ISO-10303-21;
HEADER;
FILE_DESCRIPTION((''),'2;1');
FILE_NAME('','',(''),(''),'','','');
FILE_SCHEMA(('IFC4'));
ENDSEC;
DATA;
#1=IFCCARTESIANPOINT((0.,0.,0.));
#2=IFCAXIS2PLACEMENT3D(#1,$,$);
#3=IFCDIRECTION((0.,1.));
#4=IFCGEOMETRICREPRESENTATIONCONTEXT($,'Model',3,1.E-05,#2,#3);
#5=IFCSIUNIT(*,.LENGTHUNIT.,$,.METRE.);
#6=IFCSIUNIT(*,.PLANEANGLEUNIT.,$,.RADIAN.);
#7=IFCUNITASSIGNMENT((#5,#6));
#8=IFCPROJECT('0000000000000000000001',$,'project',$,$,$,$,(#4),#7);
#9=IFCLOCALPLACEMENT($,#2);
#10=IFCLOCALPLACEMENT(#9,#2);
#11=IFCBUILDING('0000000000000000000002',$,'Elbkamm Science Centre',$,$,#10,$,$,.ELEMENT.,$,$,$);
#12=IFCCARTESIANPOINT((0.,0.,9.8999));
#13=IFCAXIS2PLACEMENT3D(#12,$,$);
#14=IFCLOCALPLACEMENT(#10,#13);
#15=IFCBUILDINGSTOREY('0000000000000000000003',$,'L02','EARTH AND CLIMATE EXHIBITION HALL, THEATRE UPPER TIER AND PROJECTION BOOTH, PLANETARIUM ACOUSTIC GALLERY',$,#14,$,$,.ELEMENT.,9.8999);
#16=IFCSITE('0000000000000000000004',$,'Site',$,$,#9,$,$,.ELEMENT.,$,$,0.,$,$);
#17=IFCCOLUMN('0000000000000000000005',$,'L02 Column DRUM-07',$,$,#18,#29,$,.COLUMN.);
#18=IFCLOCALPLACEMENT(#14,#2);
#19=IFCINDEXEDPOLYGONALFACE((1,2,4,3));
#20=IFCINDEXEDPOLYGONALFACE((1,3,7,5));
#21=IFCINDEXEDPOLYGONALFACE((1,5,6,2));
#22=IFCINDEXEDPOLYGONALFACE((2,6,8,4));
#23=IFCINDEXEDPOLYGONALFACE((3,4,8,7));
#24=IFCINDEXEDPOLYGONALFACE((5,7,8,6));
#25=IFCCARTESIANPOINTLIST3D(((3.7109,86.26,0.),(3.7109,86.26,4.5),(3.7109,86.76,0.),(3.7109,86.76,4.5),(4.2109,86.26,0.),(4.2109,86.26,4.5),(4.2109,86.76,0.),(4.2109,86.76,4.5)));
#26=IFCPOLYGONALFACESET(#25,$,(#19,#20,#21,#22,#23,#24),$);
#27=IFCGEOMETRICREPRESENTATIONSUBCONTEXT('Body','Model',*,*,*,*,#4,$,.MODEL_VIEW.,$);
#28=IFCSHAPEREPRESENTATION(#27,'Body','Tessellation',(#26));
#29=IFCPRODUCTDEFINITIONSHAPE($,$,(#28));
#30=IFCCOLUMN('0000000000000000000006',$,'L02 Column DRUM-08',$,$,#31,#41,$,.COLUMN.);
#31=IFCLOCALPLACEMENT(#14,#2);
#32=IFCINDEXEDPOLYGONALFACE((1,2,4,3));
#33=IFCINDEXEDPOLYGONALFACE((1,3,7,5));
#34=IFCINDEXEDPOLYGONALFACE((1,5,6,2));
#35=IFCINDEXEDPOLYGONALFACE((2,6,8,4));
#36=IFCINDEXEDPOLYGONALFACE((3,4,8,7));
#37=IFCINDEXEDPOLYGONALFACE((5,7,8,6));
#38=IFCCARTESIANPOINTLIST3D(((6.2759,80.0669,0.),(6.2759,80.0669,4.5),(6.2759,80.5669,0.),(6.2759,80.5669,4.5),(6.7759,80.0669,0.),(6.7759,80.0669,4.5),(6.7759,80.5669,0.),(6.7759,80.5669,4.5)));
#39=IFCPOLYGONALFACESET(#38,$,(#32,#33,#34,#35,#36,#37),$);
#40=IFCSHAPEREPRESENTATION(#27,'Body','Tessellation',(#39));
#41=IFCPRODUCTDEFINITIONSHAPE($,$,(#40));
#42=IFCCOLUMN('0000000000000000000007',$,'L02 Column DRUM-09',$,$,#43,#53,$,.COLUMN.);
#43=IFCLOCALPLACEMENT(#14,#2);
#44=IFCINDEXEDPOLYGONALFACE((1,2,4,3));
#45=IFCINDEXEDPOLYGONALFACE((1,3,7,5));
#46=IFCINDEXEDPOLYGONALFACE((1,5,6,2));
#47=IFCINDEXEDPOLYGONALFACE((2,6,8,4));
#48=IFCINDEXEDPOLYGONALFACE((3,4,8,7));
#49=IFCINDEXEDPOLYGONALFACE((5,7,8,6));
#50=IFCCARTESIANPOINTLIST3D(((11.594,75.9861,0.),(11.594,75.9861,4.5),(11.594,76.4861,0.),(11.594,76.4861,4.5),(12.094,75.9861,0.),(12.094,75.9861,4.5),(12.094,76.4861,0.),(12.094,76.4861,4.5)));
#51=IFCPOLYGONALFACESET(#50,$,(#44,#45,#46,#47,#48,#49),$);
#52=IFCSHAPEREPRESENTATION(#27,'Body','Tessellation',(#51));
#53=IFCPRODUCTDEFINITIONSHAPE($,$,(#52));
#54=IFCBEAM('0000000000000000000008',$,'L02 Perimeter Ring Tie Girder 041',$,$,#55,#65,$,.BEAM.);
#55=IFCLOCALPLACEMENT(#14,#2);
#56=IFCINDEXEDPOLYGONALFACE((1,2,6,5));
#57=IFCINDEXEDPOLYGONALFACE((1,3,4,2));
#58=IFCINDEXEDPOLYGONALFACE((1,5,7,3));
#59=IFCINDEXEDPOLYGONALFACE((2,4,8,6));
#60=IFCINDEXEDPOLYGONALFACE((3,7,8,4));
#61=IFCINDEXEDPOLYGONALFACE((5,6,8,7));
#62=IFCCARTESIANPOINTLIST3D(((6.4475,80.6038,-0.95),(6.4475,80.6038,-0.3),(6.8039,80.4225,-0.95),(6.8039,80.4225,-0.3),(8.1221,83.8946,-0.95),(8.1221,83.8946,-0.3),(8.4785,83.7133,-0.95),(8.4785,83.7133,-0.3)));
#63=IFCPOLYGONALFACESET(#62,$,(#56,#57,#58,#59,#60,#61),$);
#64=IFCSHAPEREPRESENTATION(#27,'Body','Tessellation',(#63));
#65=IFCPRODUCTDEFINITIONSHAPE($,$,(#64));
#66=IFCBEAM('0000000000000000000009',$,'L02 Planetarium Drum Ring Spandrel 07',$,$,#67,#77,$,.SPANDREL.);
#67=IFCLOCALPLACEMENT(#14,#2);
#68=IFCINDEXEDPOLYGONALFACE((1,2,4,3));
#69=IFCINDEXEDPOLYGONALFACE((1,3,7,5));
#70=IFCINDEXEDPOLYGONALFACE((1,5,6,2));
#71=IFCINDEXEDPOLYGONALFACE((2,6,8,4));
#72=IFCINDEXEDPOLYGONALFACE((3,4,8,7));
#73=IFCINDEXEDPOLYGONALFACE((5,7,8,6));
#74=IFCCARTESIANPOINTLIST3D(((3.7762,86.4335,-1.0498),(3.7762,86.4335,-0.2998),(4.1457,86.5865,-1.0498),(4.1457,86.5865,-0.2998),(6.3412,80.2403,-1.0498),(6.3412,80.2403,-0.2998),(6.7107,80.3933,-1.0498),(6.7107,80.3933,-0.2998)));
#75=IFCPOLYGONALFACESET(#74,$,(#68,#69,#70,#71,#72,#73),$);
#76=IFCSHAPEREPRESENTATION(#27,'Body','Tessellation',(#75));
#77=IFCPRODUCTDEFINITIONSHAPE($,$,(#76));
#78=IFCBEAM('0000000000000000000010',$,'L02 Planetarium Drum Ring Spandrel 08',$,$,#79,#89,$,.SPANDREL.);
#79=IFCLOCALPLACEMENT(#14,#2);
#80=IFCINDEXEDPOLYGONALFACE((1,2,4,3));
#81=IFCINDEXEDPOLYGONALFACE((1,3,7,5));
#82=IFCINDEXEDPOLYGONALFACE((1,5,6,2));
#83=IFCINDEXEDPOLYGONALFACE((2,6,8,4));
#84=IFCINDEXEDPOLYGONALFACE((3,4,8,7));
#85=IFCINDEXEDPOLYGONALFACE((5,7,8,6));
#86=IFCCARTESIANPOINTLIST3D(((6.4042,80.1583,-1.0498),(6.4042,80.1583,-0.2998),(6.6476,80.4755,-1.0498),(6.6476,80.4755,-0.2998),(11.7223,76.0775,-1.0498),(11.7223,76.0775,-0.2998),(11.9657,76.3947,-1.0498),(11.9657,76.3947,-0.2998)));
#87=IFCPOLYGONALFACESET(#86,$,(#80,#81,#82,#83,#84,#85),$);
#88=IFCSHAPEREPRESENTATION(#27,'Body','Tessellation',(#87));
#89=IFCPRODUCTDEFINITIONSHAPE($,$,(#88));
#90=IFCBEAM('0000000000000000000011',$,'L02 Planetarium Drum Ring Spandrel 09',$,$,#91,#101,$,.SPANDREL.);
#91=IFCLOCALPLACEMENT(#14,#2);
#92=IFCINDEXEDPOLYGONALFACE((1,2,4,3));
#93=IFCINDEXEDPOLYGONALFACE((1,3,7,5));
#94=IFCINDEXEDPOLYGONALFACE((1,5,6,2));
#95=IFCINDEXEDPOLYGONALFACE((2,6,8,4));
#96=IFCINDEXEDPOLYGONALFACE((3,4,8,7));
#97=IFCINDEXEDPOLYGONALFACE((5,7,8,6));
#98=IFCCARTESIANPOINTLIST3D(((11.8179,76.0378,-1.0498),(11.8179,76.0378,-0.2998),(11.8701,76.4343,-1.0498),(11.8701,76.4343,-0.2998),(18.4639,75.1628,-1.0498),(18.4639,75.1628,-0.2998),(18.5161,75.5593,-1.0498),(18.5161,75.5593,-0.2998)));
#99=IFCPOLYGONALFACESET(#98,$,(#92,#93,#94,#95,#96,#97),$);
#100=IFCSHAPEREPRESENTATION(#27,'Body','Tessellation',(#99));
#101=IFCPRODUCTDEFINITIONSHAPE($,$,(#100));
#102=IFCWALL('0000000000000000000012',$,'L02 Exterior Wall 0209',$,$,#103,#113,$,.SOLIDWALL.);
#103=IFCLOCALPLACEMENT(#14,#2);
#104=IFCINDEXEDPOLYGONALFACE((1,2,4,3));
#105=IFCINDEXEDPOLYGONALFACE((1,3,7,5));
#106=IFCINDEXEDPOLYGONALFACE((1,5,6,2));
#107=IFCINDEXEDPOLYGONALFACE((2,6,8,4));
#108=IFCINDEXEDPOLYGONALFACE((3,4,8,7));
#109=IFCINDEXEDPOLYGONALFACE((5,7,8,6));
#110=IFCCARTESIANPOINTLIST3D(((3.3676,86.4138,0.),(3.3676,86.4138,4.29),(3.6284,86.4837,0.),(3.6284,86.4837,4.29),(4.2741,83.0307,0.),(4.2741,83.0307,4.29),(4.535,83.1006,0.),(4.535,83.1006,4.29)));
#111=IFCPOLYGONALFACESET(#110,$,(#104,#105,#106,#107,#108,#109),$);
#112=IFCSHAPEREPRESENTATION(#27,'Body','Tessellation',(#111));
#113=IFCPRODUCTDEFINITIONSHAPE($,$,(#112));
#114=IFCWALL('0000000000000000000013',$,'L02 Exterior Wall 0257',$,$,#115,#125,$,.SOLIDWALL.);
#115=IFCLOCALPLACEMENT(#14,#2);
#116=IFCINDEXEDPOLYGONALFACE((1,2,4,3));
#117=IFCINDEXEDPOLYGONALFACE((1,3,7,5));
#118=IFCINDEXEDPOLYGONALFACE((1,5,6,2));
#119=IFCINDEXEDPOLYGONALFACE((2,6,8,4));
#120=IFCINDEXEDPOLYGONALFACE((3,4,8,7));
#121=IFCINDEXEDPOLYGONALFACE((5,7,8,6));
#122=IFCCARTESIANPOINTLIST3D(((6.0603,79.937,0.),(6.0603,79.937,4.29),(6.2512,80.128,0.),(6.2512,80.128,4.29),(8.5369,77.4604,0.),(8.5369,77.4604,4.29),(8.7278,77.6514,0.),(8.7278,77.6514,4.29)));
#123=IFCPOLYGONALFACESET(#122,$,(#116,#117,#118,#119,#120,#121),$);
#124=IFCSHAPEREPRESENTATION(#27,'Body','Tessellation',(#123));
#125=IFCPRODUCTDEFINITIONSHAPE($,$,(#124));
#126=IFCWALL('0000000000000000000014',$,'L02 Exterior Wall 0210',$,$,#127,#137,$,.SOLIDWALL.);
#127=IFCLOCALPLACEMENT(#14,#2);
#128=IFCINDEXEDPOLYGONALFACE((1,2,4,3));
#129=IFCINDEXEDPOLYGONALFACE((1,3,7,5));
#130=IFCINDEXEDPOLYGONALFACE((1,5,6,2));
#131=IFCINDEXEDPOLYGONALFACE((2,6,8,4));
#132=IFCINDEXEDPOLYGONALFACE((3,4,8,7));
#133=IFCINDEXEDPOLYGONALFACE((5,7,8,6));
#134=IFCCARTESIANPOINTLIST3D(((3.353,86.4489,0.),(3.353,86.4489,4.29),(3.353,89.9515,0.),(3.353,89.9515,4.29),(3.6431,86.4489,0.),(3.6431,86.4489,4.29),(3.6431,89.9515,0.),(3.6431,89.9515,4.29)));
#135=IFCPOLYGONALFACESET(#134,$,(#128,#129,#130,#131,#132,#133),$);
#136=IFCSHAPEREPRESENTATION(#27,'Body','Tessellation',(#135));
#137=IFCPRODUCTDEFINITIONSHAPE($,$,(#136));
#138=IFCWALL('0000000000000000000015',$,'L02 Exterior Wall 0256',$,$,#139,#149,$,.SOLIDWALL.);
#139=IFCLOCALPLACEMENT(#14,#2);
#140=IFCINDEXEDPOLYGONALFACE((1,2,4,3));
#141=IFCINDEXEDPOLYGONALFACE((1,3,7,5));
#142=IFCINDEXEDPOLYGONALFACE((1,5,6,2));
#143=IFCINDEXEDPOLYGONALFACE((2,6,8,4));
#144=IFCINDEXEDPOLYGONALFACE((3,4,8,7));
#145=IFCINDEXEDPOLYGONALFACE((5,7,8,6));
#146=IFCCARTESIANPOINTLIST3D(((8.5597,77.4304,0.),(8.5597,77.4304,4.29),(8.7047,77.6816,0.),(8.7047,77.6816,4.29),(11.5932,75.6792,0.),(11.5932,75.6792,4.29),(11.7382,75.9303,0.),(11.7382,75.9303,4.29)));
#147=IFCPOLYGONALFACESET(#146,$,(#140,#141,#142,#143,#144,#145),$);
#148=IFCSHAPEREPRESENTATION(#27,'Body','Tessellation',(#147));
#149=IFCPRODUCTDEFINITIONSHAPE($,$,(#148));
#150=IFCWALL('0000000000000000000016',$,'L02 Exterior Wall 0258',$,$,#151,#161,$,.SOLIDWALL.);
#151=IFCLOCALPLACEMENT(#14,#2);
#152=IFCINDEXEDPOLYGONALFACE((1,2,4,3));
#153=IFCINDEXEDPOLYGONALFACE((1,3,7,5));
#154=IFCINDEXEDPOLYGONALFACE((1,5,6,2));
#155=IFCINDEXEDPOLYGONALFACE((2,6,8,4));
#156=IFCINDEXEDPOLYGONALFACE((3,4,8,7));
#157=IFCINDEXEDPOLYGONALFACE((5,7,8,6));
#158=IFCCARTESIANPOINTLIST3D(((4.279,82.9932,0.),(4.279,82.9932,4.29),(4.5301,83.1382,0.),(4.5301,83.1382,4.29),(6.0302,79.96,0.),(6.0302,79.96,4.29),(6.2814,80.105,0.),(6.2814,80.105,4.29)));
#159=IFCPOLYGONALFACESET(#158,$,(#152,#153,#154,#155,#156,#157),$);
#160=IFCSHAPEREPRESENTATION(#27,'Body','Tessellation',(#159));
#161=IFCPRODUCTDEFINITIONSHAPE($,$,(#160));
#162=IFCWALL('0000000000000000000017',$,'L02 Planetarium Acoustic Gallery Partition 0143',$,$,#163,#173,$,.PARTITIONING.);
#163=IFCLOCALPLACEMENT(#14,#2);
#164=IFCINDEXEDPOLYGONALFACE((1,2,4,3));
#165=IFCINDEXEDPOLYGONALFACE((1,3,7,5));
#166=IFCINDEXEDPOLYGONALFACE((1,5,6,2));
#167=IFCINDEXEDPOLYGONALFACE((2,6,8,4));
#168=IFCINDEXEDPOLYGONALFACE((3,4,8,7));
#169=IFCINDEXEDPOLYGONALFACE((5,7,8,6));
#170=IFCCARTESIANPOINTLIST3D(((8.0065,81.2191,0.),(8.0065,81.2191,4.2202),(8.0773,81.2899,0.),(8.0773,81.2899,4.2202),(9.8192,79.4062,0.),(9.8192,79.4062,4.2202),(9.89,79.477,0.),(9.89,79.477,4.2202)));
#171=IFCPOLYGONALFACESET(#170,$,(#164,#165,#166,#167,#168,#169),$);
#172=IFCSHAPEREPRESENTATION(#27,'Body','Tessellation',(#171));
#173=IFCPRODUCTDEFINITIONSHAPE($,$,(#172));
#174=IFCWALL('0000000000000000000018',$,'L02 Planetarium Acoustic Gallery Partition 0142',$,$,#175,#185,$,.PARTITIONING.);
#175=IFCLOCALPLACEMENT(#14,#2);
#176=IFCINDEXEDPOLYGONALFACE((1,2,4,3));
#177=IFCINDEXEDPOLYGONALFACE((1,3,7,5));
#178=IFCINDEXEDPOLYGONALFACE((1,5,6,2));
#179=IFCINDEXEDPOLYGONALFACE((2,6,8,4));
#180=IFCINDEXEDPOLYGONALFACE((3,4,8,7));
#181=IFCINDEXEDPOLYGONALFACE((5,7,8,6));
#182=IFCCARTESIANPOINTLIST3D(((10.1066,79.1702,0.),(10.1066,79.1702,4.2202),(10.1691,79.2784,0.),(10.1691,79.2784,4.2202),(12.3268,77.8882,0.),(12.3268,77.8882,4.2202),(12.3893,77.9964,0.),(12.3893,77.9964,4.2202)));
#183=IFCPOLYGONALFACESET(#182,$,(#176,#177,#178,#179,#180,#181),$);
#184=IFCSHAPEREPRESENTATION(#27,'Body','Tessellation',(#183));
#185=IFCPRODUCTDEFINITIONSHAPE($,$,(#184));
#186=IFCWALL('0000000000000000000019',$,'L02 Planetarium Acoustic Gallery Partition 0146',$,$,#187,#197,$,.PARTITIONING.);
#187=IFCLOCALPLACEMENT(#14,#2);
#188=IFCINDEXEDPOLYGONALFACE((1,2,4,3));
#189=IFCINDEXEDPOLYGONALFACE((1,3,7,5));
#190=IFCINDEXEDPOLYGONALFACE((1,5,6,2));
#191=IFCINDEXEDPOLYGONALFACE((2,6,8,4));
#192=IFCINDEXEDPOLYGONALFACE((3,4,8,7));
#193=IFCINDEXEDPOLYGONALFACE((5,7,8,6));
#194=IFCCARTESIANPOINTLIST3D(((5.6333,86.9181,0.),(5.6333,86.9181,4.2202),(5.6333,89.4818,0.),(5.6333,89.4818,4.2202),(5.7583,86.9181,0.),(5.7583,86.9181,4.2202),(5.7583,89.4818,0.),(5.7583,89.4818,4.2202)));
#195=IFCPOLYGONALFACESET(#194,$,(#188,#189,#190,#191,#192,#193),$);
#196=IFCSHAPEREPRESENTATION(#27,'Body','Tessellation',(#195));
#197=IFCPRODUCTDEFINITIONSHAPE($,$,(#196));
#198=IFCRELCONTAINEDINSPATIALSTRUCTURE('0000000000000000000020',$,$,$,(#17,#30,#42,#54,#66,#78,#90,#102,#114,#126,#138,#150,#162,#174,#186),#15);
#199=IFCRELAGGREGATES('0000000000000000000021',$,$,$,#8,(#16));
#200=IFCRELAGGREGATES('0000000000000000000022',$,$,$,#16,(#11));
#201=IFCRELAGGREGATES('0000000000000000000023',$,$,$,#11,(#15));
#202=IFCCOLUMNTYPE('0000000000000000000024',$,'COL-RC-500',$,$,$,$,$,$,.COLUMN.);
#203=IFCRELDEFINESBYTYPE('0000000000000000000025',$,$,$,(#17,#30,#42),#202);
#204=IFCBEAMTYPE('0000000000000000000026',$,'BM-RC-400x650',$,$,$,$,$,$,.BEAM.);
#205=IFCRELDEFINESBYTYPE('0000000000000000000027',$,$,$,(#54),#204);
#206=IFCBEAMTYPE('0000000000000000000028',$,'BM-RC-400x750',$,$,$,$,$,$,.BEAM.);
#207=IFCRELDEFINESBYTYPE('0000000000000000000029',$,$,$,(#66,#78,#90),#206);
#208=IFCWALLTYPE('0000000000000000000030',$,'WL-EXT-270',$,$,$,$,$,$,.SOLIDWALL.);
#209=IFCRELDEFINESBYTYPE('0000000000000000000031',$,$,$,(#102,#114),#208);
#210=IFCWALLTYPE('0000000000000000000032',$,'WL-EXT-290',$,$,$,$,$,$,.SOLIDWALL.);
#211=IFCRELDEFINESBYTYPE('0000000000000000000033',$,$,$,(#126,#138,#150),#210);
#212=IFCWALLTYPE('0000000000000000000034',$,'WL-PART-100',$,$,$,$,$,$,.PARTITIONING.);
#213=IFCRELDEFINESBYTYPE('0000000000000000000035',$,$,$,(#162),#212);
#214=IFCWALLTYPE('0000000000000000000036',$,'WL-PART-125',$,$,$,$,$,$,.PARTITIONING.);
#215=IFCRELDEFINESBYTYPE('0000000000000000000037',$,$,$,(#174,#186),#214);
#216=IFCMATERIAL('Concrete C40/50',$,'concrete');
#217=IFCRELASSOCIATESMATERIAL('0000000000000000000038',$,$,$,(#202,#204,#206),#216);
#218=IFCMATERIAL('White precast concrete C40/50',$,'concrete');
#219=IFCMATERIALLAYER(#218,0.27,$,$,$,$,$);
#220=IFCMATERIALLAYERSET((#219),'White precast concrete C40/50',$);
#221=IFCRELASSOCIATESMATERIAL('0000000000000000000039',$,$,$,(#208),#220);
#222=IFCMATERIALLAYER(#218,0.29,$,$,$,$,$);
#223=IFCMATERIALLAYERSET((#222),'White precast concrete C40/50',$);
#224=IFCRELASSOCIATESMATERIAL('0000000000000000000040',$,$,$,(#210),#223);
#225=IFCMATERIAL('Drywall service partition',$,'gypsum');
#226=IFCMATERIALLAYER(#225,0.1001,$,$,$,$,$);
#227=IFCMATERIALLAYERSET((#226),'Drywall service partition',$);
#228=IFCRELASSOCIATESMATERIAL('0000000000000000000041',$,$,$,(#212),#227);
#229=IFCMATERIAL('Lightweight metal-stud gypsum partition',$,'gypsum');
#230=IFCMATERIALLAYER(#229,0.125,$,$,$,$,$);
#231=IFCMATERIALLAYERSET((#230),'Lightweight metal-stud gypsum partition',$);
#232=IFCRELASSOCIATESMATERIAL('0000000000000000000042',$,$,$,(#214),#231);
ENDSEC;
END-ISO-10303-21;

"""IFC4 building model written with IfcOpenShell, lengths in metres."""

from ifc_helpers import new_model, si_unit, direction, frame, frame_2d, origin, origin_2d, place, context, subcontext, project, spatial, rectangle, extrude, material, layer, layer_set, material_profile, profile_set, type_object, element, save


model = new_model("IFC4")

# Units and contexts
model_context = context("Model", 3, precision=1e-05, world=origin(), true_north=direction((0.0, 1.0)))
body_context = subcontext(model_context, "Body", "Model", "MODEL_VIEW")
ifc_project = project(units=[si_unit("LENGTHUNIT", "METRE"), si_unit("PLANEANGLEUNIT", "RADIAN")], contexts=[model_context])

# Site, building, storey
site_placement = place(None, origin())
site = spatial("IfcSite", under=ifc_project, at=site_placement, Name="Site", CompositionType="ELEMENT", RefElevation=0.0)
building_placement = place(site_placement, origin())
building = spatial("IfcBuilding", under=site, at=building_placement, Name="Elbkamm Science Centre", CompositionType="ELEMENT")
storey_placement = place(building_placement, frame((0.0, 0.0, 9.8999)))
storey = spatial("IfcBuildingStorey", under=building, at=storey_placement, Name="L02", Description="EARTH AND CLIMATE EXHIBITION HALL, THEATRE UPPER TIER AND PROJECTION BOOTH, PLANETARIUM ACOUSTIC GALLERY", CompositionType="ELEMENT", Elevation=9.8999)

# Columns
ifc_material_1 = material(Name="Concrete C40/50", Category="concrete")
ifc_material_profile_1 = material_profile(ifc_material_1, rectangle(XDim=0.5, YDim=0.5, at=origin_2d()), Name="RC 500x500")
ifc_profile_set_1 = profile_set([ifc_material_profile_1], Name="Concrete C40/50")
column_type = type_object("IfcColumnType", Name="COL-RC-500", PredefinedType="COLUMN", material=ifc_profile_set_1)
for number, where, z_axis, x_axis, name in (
    (1, (3.9609, 86.51, 0.0), (0.0, 0.0, 1.0), (1.0, 0.0, 0.0), "L02 Column DRUM-07"),
    (2, (6.5259, 80.3169, 0.0), (0.0, 0.0, 1.0), (1.0, 0.0, 0.0), "L02 Column DRUM-08"),
    (3, (11.844, 76.2361, 0.0), (0.0, 0.0, 1.0), (1.0, 0.0, 0.0), "L02 Column DRUM-09"),
):
    element("IfcColumn", number, at=place(storey_placement, frame(where, z_axis=z_axis, x_axis=x_axis)), inside=storey, type_object=column_type, Name=name, PredefinedType="COLUMN", context=body_context, shape_type="SweptSolid", body=[
        extrude(rectangle(XDim=0.5, YDim=0.5, at=origin_2d()), origin(), (0.0, 0.0, 1.0), 4.5),
    ])

# Beams
ifc_material_profile_2 = material_profile(ifc_material_1, rectangle(XDim=0.3999, YDim=0.6499, at=origin_2d()), Name="RC 400x650")
ifc_profile_set_2 = profile_set([ifc_material_profile_2], Name="Concrete C40/50")
beam_type_1 = type_object("IfcBeamType", Name="BM-RC-400x650", PredefinedType="BEAM", material=ifc_profile_set_2)
beam_placement = place(storey_placement, frame((8.3003, 83.804, -0.625), z_axis=(-0.453524, -0.891244, 0.0), x_axis=(0.891244, -0.453524, 0.0)))
element("IfcBeam", 4, at=beam_placement, inside=storey, type_object=beam_type_1, Name="L02 Perimeter Ring Tie Girder 041", PredefinedType="BEAM", context=body_context, shape_type="SweptSolid", body=[
    extrude(rectangle(XDim=0.3999, YDim=0.6499, at=origin_2d()), origin(), (0.0, 0.0, 1.0), 3.6924),
])
ifc_material_profile_3 = material_profile(ifc_material_1, rectangle(XDim=0.3999, YDim=0.75, at=origin_2d()), Name="RC 400x750")
ifc_profile_set_3 = profile_set([ifc_material_profile_3], Name="Concrete C40/50")
beam_type_2 = type_object("IfcBeamType", Name="BM-RC-400x750", PredefinedType="BEAM", material=ifc_profile_set_3)
for number, where, z_axis, x_axis, name in (
    (5, (3.9609, 86.51, -0.6748), (0.382641, -0.923897, 0.0), (0.923897, 0.382641, 0.0), "L02 Planetarium Drum Ring Spandrel 07"),
    (6, (6.5259, 80.3169, -0.6748), (0.793348, -0.608769, 0.0), (0.608769, 0.793348, 0.0), "L02 Planetarium Drum Ring Spandrel 08"),
    (7, (11.844, 76.2361, -0.6748), (0.991444, -0.130532, 0.0), (0.130532, 0.991444, 0.0), "L02 Planetarium Drum Ring Spandrel 09"),
):
    element("IfcBeam", number, at=place(storey_placement, frame(where, z_axis=z_axis, x_axis=x_axis)), inside=storey, type_object=beam_type_2, Name=name, PredefinedType="SPANDREL", context=body_context, shape_type="SweptSolid", body=[
        extrude(rectangle(XDim=0.3999, YDim=0.75, at=origin_2d()), origin(), (0.0, 0.0, 1.0), 6.7034),
    ])

# Walls
ifc_material_2 = material(Name="White precast concrete C40/50", Category="concrete")
ifc_layer_1 = layer(ifc_material_2, 0.27)
ifc_layer_set_1 = layer_set([ifc_layer_1], Name="White precast concrete C40/50")
wall_type_1 = type_object("IfcWallType", Name="WL-EXT-270", PredefinedType="SOLIDWALL", material=ifc_layer_set_1)
for number, where, z_axis, x_axis, name in (
    (8, (4.4045, 83.0657, 0.0), (0.0, 0.0, 1.0), (-0.258821, 0.965925, 0.0), "L02 Exterior Wall 0209"),
    (9, (8.6323, 77.5559, 0.0), (0.0, 0.0, 1.0), (-0.707107, 0.707107, 0.0), "L02 Exterior Wall 0257"),
):
    element("IfcWall", number, at=place(storey_placement, frame(where, z_axis=z_axis, x_axis=x_axis)), inside=storey, type_object=wall_type_1, Name=name, PredefinedType="SOLIDWALL", context=body_context, shape_type="SweptSolid", body=[
        extrude(rectangle(XDim=3.5024, YDim=0.27, at=frame_2d((1.7512, 0.0))), origin(), (0.0, 0.0, 1.0), 4.29),
    ])
ifc_layer_2 = layer(ifc_material_2, 0.29)
ifc_layer_set_2 = layer_set([ifc_layer_2], Name="White precast concrete C40/50")
wall_type_2 = type_object("IfcWallType", Name="WL-EXT-290", PredefinedType="SOLIDWALL", material=ifc_layer_set_2)
for number, where, z_axis, x_axis, name in (
    (10, (3.498, 86.4487, 0.0), (0.0, 0.0, 1.0), (0.0, 1.0, 0.0), "L02 Exterior Wall 0210"),
    (11, (11.6658, 75.8047, 0.0), (0.0, 0.0, 1.0), (-0.866043, 0.49997, 0.0), "L02 Exterior Wall 0256"),
):
    element("IfcWall", number, at=place(storey_placement, frame(where, z_axis=z_axis, x_axis=x_axis)), inside=storey, type_object=wall_type_2, Name=name, PredefinedType="SOLIDWALL", context=body_context, shape_type="SweptSolid", body=[
        extrude(rectangle(XDim=3.5027, YDim=0.29, at=frame_2d((1.7515, 0.0))), origin(), (0.0, 0.0, 1.0), 4.29),
    ])
wall_1_placement = place(storey_placement, frame((6.1558, 80.0325, 0.0), z_axis=(0.0, 0.0, 1.0), x_axis=(-0.5, 0.866025, 0.0)))
element("IfcWall", 12, at=wall_1_placement, inside=storey, type_object=wall_type_2, Name="L02 Exterior Wall 0258", PredefinedType="SOLIDWALL", context=body_context, shape_type="SweptSolid", body=[
    extrude(rectangle(XDim=3.5024, YDim=0.29, at=frame_2d((1.7512, 0.0))), origin(), (0.0, 0.0, 1.0), 4.29),
])
ifc_material_3 = material(Name="Drywall service partition", Category="gypsum")
ifc_layer_3 = layer(ifc_material_3, 0.1001)
ifc_layer_set_3 = layer_set([ifc_layer_3], Name="Drywall service partition")
wall_type_3 = type_object("IfcWallType", Name="WL-PART-100", PredefinedType="PARTITIONING", material=ifc_layer_set_3)
wall_2_placement = place(storey_placement, frame((9.8545, 79.4417, 0.0), z_axis=(0.0, 0.0, 1.0), x_axis=(-0.707059, 0.707154, 0.0)))
element("IfcWall", 13, at=wall_2_placement, inside=storey, type_object=wall_type_3, Name="L02 Planetarium Acoustic Gallery Partition 0143", PredefinedType="PARTITIONING", context=body_context, shape_type="SweptSolid", body=[
    extrude(rectangle(XDim=2.5637, YDim=0.1001, at=frame_2d((1.2817, 0.0))), origin(), (0.0, 0.0, 1.0), 4.2202),
])
ifc_material_4 = material(Name="Lightweight metal-stud gypsum partition", Category="gypsum")
ifc_layer_4 = layer(ifc_material_4, 0.125)
ifc_layer_set_4 = layer_set([ifc_layer_4], Name="Lightweight metal-stud gypsum partition")
wall_type_4 = type_object("IfcWallType", Name="WL-PART-125", PredefinedType="PARTITIONING", material=ifc_layer_set_4)
for number, where, z_axis, x_axis, name in (
    (14, (12.3579, 77.9424, 0.0), (0.0, 0.0, 1.0), (-0.866002, 0.500041, 0.0), "L02 Planetarium Acoustic Gallery Partition 0142"),
    (15, (5.6958, 86.9182, 0.0), (0.0, 0.0, 1.0), (0.0, 1.0, 0.0), "L02 Planetarium Acoustic Gallery Partition 0146"),
):
    element("IfcWall", number, at=place(storey_placement, frame(where, z_axis=z_axis, x_axis=x_axis)), inside=storey, type_object=wall_type_4, Name=name, PredefinedType="PARTITIONING", context=body_context, shape_type="SweptSolid", body=[
        extrude(rectangle(XDim=2.5637, YDim=0.125, at=frame_2d((1.2817, 0.0))), origin(), (0.0, 0.0, 1.0), 4.2202),
    ])

save(model, "model.ifc")
